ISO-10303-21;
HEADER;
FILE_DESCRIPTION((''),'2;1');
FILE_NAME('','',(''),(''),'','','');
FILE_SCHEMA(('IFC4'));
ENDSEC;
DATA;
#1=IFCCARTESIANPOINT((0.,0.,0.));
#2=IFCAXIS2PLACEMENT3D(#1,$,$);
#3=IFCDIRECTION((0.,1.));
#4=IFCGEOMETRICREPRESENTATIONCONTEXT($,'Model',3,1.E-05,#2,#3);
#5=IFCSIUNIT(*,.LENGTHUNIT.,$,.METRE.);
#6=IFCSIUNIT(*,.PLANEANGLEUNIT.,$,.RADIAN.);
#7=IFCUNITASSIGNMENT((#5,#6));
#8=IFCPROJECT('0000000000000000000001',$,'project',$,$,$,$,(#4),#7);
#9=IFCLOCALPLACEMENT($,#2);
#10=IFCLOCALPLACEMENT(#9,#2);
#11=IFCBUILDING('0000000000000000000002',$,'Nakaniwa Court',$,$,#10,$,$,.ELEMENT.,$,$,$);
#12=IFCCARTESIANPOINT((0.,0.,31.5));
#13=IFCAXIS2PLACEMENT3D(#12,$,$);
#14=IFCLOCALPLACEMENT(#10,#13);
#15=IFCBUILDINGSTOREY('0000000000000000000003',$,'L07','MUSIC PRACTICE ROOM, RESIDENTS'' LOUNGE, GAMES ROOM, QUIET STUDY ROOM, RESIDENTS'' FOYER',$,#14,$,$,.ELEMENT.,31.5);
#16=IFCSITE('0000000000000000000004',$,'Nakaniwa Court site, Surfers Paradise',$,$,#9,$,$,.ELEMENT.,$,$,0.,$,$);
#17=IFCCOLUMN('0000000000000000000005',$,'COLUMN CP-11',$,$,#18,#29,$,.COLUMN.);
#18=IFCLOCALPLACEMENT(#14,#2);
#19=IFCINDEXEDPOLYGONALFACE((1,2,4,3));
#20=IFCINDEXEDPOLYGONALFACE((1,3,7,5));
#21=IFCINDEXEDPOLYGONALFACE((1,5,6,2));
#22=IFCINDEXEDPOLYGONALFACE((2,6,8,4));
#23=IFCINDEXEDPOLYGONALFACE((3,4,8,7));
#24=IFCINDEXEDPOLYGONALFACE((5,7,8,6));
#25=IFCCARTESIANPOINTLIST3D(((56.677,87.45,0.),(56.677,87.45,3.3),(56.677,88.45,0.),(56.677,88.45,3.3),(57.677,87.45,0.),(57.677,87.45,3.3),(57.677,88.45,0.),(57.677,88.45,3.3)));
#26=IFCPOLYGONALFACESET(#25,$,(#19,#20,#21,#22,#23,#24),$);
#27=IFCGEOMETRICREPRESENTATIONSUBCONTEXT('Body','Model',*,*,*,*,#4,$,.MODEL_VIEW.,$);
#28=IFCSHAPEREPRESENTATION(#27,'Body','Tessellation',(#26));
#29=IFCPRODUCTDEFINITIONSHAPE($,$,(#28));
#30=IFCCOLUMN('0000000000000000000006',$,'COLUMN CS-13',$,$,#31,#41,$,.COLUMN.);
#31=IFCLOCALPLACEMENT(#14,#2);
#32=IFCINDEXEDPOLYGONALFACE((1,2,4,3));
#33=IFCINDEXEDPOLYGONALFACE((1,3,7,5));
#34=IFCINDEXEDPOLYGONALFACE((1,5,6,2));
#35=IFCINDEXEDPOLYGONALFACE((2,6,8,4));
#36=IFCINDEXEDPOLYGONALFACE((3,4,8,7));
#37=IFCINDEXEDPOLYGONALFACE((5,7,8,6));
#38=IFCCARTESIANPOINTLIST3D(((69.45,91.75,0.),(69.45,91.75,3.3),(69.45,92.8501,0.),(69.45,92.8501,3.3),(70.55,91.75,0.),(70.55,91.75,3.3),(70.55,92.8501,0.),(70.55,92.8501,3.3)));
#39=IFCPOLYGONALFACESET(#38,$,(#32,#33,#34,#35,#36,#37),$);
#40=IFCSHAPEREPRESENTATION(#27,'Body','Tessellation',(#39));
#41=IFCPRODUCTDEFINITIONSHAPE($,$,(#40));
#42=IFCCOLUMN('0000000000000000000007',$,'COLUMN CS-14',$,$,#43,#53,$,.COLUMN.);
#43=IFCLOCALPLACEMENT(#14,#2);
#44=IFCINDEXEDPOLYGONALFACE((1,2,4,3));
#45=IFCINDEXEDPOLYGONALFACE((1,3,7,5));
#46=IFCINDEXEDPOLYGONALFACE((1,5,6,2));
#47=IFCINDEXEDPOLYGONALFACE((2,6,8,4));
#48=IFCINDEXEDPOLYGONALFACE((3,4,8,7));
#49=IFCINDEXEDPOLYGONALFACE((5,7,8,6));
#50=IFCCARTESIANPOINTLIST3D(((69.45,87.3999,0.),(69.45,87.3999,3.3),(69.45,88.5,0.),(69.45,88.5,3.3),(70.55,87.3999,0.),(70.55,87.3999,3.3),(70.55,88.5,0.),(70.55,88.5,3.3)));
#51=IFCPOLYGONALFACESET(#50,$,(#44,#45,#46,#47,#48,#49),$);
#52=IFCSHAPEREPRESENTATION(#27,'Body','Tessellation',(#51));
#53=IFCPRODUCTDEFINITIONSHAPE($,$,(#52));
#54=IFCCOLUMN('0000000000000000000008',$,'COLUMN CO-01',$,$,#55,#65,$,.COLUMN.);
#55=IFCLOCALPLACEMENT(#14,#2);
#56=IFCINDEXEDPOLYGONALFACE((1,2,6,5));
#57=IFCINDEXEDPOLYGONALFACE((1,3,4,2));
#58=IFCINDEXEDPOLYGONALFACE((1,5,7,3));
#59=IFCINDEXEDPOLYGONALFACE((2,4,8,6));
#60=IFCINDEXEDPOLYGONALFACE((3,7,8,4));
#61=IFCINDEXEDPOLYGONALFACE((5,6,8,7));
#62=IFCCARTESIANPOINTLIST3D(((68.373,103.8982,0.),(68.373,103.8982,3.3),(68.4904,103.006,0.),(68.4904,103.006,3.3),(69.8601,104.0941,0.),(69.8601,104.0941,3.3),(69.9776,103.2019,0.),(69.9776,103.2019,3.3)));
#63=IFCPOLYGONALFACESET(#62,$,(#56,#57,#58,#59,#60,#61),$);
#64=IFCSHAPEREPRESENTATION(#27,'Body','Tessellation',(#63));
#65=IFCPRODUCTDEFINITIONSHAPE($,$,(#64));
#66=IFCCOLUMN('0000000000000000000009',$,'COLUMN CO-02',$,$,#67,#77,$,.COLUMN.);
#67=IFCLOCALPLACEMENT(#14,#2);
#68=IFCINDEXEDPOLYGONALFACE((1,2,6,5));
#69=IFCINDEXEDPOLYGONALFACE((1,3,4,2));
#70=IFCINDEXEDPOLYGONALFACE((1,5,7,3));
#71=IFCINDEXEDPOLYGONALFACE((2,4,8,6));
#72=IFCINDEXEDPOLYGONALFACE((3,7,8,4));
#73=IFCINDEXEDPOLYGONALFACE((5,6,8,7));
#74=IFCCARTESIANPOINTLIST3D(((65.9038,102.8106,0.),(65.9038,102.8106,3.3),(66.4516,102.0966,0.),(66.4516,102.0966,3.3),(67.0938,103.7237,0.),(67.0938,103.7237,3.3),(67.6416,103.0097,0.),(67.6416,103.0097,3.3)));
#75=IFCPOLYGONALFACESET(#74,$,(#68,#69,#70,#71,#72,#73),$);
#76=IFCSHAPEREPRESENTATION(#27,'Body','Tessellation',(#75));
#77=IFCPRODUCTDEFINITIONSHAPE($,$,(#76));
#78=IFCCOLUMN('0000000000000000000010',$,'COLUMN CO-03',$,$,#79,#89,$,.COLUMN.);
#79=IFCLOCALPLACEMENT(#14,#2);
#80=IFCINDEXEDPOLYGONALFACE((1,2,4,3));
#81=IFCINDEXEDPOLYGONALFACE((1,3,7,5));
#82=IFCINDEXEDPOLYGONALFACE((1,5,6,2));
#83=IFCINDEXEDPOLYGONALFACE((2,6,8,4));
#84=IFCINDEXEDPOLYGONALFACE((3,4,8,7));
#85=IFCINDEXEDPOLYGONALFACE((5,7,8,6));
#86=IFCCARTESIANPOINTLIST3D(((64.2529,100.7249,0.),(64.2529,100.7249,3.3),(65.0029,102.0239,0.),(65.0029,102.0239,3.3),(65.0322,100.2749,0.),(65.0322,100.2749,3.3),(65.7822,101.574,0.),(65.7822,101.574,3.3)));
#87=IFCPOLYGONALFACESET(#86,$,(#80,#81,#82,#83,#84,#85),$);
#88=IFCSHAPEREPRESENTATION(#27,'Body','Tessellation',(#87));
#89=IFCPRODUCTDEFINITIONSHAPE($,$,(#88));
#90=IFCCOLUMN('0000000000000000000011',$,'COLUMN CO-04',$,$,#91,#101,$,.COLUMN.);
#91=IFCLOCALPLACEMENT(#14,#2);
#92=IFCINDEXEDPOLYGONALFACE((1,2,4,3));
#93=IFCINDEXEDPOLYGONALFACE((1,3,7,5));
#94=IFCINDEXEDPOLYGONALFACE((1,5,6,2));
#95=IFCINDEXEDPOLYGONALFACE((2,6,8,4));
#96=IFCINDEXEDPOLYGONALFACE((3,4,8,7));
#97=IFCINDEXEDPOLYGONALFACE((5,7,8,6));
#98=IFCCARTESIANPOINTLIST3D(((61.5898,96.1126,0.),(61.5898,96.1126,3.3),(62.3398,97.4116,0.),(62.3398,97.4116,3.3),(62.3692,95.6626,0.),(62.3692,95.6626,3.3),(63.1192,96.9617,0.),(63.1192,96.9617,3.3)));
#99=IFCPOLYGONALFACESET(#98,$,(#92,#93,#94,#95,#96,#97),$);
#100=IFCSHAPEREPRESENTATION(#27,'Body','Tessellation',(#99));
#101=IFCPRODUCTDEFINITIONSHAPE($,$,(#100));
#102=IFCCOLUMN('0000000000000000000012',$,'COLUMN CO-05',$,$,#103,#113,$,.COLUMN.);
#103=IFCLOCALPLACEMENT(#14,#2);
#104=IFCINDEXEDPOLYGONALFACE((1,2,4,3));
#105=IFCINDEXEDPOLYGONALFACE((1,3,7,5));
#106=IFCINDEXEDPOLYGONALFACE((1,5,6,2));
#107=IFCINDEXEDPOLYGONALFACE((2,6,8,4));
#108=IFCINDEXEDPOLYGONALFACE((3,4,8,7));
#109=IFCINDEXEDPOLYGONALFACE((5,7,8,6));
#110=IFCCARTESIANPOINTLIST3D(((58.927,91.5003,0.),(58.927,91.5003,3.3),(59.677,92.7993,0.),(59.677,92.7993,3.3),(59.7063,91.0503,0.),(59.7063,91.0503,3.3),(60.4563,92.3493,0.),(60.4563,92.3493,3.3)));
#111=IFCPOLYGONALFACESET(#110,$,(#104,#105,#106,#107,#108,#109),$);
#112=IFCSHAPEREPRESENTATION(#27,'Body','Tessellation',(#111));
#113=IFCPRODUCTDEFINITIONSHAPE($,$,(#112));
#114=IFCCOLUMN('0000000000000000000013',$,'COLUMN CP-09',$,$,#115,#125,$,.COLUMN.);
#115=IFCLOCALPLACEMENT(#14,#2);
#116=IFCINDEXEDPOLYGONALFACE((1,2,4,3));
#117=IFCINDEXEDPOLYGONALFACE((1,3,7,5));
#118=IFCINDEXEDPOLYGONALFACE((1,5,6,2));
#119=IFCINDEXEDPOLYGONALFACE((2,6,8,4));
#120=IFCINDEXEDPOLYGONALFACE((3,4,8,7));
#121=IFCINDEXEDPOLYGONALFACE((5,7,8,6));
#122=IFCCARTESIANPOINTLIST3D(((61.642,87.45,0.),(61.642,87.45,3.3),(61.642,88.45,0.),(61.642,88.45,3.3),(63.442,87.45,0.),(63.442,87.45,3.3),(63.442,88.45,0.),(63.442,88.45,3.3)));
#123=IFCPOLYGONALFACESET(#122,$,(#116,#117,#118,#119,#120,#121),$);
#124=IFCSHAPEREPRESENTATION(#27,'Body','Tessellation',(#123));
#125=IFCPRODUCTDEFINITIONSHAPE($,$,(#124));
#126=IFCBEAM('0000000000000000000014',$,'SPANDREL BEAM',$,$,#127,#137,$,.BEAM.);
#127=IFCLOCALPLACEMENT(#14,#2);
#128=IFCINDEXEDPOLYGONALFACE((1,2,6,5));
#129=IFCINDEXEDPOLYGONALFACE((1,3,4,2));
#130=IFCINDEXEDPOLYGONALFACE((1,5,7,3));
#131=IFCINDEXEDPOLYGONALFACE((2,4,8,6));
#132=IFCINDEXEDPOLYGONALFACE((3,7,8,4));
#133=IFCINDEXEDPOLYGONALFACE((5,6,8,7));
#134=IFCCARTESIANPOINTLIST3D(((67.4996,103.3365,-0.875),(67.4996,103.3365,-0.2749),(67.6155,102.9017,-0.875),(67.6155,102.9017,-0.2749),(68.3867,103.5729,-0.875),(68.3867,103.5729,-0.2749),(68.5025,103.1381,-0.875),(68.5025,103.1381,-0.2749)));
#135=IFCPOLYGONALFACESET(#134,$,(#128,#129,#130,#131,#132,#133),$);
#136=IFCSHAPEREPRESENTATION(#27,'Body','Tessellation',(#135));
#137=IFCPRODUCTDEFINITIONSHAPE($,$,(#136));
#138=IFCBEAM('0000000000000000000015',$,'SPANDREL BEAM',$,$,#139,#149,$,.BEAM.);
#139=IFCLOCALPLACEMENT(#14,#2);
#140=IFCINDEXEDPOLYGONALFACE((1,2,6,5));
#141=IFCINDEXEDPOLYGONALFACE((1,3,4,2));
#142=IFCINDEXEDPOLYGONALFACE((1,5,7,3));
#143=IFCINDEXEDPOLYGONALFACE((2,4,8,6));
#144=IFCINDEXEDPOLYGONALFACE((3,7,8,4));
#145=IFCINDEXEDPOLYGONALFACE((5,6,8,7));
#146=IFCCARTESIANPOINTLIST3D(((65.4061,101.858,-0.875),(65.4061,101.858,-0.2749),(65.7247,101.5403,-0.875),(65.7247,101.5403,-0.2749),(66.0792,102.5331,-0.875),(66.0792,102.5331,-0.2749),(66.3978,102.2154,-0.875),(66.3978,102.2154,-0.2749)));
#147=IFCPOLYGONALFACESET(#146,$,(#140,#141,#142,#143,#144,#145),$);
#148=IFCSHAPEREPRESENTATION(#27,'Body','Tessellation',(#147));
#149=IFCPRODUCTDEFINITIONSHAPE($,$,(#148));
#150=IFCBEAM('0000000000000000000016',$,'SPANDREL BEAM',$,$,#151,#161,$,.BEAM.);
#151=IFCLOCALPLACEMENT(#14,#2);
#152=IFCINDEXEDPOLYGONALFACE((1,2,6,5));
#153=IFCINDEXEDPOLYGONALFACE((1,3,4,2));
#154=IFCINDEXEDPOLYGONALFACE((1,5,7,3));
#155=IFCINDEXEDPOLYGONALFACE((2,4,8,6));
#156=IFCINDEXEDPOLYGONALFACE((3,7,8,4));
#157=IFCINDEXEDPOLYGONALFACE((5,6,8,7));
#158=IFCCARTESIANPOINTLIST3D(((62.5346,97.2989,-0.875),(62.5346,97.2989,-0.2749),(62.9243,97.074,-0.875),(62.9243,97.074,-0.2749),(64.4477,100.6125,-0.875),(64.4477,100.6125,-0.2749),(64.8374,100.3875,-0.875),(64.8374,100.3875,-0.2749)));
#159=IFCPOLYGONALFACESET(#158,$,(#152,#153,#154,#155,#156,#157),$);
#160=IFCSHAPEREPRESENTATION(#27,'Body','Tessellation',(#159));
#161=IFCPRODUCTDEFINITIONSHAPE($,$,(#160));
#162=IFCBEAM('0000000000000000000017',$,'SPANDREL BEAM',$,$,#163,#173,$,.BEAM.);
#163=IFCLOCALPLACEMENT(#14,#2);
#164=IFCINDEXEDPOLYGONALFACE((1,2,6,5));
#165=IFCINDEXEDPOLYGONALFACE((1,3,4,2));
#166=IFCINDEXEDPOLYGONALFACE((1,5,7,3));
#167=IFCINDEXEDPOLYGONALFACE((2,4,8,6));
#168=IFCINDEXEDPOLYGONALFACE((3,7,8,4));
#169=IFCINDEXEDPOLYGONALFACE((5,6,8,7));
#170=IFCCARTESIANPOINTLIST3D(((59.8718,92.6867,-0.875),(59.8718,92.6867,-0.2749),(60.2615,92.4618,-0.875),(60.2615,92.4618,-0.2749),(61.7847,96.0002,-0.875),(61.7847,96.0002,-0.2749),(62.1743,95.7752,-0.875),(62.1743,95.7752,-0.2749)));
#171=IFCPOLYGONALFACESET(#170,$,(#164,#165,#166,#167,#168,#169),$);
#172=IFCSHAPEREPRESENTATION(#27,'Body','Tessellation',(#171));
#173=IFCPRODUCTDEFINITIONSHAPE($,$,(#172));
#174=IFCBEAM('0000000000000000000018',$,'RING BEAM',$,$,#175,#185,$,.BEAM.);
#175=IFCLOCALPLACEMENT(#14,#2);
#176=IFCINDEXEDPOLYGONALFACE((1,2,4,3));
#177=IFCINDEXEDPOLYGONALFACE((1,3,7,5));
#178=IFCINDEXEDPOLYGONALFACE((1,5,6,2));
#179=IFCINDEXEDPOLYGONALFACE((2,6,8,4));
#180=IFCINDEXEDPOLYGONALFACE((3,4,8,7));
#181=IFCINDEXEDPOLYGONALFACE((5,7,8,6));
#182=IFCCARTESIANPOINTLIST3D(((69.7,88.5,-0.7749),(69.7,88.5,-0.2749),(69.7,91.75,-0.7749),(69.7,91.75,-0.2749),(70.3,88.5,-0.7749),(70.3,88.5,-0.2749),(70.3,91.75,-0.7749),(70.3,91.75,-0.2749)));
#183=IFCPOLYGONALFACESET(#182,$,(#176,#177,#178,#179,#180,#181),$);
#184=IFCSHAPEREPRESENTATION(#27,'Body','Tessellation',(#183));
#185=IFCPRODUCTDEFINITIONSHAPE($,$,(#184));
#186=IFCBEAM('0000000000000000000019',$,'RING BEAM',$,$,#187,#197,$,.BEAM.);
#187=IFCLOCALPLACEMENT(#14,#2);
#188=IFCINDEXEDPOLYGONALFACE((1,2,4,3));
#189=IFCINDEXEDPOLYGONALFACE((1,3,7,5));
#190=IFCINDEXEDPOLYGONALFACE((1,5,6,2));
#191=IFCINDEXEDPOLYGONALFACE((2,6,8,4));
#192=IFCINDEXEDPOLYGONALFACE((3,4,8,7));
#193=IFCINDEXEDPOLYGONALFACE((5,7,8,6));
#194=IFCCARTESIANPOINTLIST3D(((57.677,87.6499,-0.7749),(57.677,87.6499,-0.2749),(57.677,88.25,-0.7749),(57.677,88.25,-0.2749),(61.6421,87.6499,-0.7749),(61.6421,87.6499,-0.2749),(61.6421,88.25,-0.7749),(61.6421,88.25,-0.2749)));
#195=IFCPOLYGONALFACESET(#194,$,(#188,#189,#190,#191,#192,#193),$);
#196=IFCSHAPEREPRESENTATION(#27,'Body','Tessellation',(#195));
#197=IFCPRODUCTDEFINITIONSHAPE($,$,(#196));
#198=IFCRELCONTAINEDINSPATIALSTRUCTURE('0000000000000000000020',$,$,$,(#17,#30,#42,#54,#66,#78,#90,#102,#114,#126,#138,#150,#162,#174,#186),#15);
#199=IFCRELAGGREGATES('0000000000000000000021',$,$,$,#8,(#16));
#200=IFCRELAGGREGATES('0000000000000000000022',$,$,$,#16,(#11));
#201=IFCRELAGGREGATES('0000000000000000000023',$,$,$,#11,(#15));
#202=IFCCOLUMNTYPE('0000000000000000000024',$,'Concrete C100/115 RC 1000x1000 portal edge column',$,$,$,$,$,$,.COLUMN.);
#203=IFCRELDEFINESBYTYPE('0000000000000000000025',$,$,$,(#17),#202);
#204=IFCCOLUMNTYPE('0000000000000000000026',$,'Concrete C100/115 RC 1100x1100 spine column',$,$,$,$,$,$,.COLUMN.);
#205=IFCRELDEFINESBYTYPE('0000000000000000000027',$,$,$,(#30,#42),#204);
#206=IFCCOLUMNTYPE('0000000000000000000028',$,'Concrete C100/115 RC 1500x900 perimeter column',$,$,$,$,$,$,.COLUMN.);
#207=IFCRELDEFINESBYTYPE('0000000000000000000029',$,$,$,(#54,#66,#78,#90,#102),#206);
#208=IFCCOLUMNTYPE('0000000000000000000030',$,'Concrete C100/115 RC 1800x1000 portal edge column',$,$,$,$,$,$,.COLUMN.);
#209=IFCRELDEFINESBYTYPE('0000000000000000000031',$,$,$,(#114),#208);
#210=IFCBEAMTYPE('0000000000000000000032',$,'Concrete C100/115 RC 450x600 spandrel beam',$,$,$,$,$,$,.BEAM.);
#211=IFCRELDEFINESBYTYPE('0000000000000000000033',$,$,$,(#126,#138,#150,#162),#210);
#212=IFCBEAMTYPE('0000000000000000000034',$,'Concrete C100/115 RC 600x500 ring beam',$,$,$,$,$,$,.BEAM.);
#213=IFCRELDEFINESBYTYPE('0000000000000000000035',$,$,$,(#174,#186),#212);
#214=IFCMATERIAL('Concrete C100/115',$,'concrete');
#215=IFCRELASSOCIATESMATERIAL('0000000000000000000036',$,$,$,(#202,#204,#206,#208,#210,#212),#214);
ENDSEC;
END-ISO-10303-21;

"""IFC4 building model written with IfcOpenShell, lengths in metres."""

from ifc_helpers import new_model, si_unit, direction, frame, origin, origin_2d, place, context, subcontext, project, spatial, rectangle, extrude, material, material_profile, profile_set, type_object, element, save


model = new_model("IFC4")

# Units and contexts
model_context = context("Model", 3, precision=1e-05, world=origin(), true_north=direction((0.0, 1.0)))
body_context = subcontext(model_context, "Body", "Model", "MODEL_VIEW")
ifc_project = project(units=[si_unit("LENGTHUNIT", "METRE"), si_unit("PLANEANGLEUNIT", "RADIAN")], contexts=[model_context])

# Site, building, storey
site_placement = place(None, origin())
site = spatial("IfcSite", under=ifc_project, at=site_placement, Name="Nakaniwa Court site, Surfers Paradise", CompositionType="ELEMENT", RefElevation=0.0)
building_placement = place(site_placement, origin())
building = spatial("IfcBuilding", under=site, at=building_placement, Name="Nakaniwa Court", CompositionType="ELEMENT")
storey_placement = place(building_placement, frame((0.0, 0.0, 31.5)))
storey = spatial("IfcBuildingStorey", under=building, at=storey_placement, Name="L07", Description="MUSIC PRACTICE ROOM, RESIDENTS' LOUNGE, GAMES ROOM, QUIET STUDY ROOM, RESIDENTS' FOYER", CompositionType="ELEMENT", Elevation=31.5)

# Columns
ifc_material_1 = material(Name="Concrete C100/115", Category="concrete")
ifc_material_profile_1 = material_profile(ifc_material_1, rectangle(XDim=1.0, YDim=1.0, at=origin_2d()), Name="Concrete C100/115 RC 1000x1000 portal edge column")
ifc_profile_set_1 = profile_set([ifc_material_profile_1], Name="Concrete C100/115")
column_type_1 = type_object("IfcColumnType", Name="Concrete C100/115 RC 1000x1000 portal edge column", PredefinedType="COLUMN", material=ifc_profile_set_1)
column_1_placement = place(storey_placement, frame((57.177, 87.95, 0.0), z_axis=(0.0, 0.0, 1.0), x_axis=(1.0, 0.0, 0.0)))
element("IfcColumn", 1, at=column_1_placement, inside=storey, type_object=column_type_1, Name="COLUMN CP-11", PredefinedType="COLUMN", context=body_context, shape_type="SweptSolid", body=[
    extrude(rectangle(XDim=1.0, YDim=1.0, at=origin_2d()), origin(), (0.0, 0.0, 1.0), 3.3),
])
ifc_material_profile_2 = material_profile(ifc_material_1, rectangle(XDim=1.1001, YDim=1.1001, at=origin_2d()), Name="Concrete C100/115 RC 1100x1100 spine column")
ifc_profile_set_2 = profile_set([ifc_material_profile_2], Name="Concrete C100/115")
column_type_2 = type_object("IfcColumnType", Name="Concrete C100/115 RC 1100x1100 spine column", PredefinedType="COLUMN", material=ifc_profile_set_2)
for number, where, z_axis, x_axis, name in (
    (2, (70.0, 92.3, 0.0), (0.0, 0.0, 1.0), (0.0, -1.0, 0.0), "COLUMN CS-13"),
    (3, (70.0, 87.95, 0.0), (0.0, 0.0, 1.0), (0.0, -1.0, 0.0), "COLUMN CS-14"),
):
    element("IfcColumn", number, at=place(storey_placement, frame(where, z_axis=z_axis, x_axis=x_axis)), inside=storey, type_object=column_type_2, Name=name, PredefinedType="COLUMN", context=body_context, shape_type="SweptSolid", body=[
        extrude(rectangle(XDim=1.1001, YDim=1.1001, at=origin_2d()), origin(), (0.0, 0.0, 1.0), 3.3),
    ])
ifc_material_profile_3 = material_profile(ifc_material_1, rectangle(XDim=1.5, YDim=0.8999, at=origin_2d()), Name="Concrete C100/115 RC 1500x900 perimeter column")
ifc_profile_set_3 = profile_set([ifc_material_profile_3], Name="Concrete C100/115")
column_type_3 = type_object("IfcColumnType", Name="Concrete C100/115 RC 1500x900 perimeter column", PredefinedType="COLUMN", material=ifc_profile_set_3)
for number, where, z_axis, x_axis, name in (
    (4, (69.1753, 103.55, 0.0), (0.0, 0.0, 1.0), (-0.991443, -0.130543, 0.0), "COLUMN CO-01"),
    (5, (66.7727, 102.9102, 0.0), (0.0, 0.0, 1.0), (-0.793364, -0.608748, 0.0), "COLUMN CO-02"),
    (6, (65.0176, 101.1494, 0.0), (0.0, 0.0, 1.0), (-0.5, -0.866025, 0.0), "COLUMN CO-03"),
    (7, (62.3545, 96.5371, 0.0), (0.0, 0.0, 1.0), (-0.5, -0.866025, 0.0), "COLUMN CO-04"),
    (8, (59.6917, 91.9248, 0.0), (0.0, 0.0, 1.0), (-0.5, -0.866025, 0.0), "COLUMN CO-05"),
):
    element("IfcColumn", number, at=place(storey_placement, frame(where, z_axis=z_axis, x_axis=x_axis)), inside=storey, type_object=column_type_3, Name=name, PredefinedType="COLUMN", context=body_context, shape_type="SweptSolid", body=[
        extrude(rectangle(XDim=1.5, YDim=0.8999, at=origin_2d()), origin(), (0.0, 0.0, 1.0), 3.3),
    ])
ifc_material_profile_4 = material_profile(ifc_material_1, rectangle(XDim=1.8, YDim=1.0, at=origin_2d()), Name="Concrete C100/115 RC 1800x1000 portal edge column")
ifc_profile_set_4 = profile_set([ifc_material_profile_4], Name="Concrete C100/115")
column_type_4 = type_object("IfcColumnType", Name="Concrete C100/115 RC 1800x1000 portal edge column", PredefinedType="COLUMN", material=ifc_profile_set_4)
column_2_placement = place(storey_placement, frame((62.542, 87.95, 0.0), z_axis=(0.0, 0.0, 1.0), x_axis=(1.0, 0.0, 0.0)))
element("IfcColumn", 9, at=column_2_placement, inside=storey, type_object=column_type_4, Name="COLUMN CP-09", PredefinedType="COLUMN", context=body_context, shape_type="SweptSolid", body=[
    extrude(rectangle(XDim=1.8, YDim=1.0, at=origin_2d()), origin(), (0.0, 0.0, 1.0), 3.3),
])

# Beams
ifc_material_profile_5 = material_profile(ifc_material_1, rectangle(XDim=0.45, YDim=0.6001, at=origin_2d()), Name="Concrete C100/115 RC 450x600 spandrel beam")
ifc_profile_set_5 = profile_set([ifc_material_profile_5], Name="Concrete C100/115")
beam_type_1 = type_object("IfcBeamType", Name="Concrete C100/115 RC 450x600 spandrel beam", PredefinedType="BEAM", material=ifc_profile_set_5)
beam_1_placement = place(storey_placement, frame((68.4446, 103.3555, -0.575), z_axis=(-0.966288, -0.257464, 0.0), x_axis=(0.257464, -0.966288, 0.0)))
element("IfcBeam", 10, at=beam_1_placement, inside=storey, type_object=beam_type_1, Name="SPANDREL BEAM", PredefinedType="BEAM", context=body_context, shape_type="SweptSolid", body=[
    extrude(rectangle(XDim=0.45, YDim=0.6001, at=origin_2d()), origin(), (0.0, 0.0, 1.0), 0.918),
])
beam_2_placement = place(storey_placement, frame((66.2385, 102.3743, -0.575), z_axis=(-0.706082, -0.70813, 0.0), x_axis=(0.70813, -0.706082, 0.0)))
element("IfcBeam", 11, at=beam_2_placement, inside=storey, type_object=beam_type_1, Name="SPANDREL BEAM", PredefinedType="BEAM", context=body_context, shape_type="SweptSolid", body=[
    extrude(rectangle(XDim=0.45, YDim=0.6001, at=origin_2d()), origin(), (0.0, 0.0, 1.0), 0.9534),
])
beam_3_placement = place(storey_placement, frame((64.6426, 100.5, -0.575), z_axis=(-0.50001, -0.86602, 0.0), x_axis=(0.86602, -0.50001, 0.0)))
element("IfcBeam", 12, at=beam_3_placement, inside=storey, type_object=beam_type_1, Name="SPANDREL BEAM", PredefinedType="BEAM", context=body_context, shape_type="SweptSolid", body=[
    extrude(rectangle(XDim=0.45, YDim=0.6001, at=origin_2d()), origin(), (0.0, 0.0, 1.0), 3.8262),
])
beam_4_placement = place(storey_placement, frame((61.9795, 95.8877, -0.575), z_axis=(-0.499962, -0.866047, 0.0), x_axis=(0.866047, -0.499962, 0.0)))
element("IfcBeam", 13, at=beam_4_placement, inside=storey, type_object=beam_type_1, Name="SPANDREL BEAM", PredefinedType="BEAM", context=body_context, shape_type="SweptSolid", body=[
    extrude(rectangle(XDim=0.45, YDim=0.6001, at=origin_2d()), origin(), (0.0, 0.0, 1.0), 3.8259),
])
ifc_material_profile_6 = material_profile(ifc_material_1, rectangle(XDim=0.6001, YDim=0.5, at=origin_2d()), Name="Concrete C100/115 RC 600x500 ring beam")
ifc_profile_set_6 = profile_set([ifc_material_profile_6], Name="Concrete C100/115")
beam_type_2 = type_object("IfcBeamType", Name="Concrete C100/115 RC 600x500 ring beam", PredefinedType="BEAM", material=ifc_profile_set_6)
beam_5_placement = place(storey_placement, frame((70.0, 91.75, -0.5249), z_axis=(0.0, -1.0, 0.0), x_axis=(1.0, 0.0, 0.0)))
element("IfcBeam", 14, at=beam_5_placement, inside=storey, type_object=beam_type_2, Name="RING BEAM", PredefinedType="BEAM", context=body_context, shape_type="SweptSolid", body=[
    extrude(rectangle(XDim=0.6001, YDim=0.5, at=origin_2d()), origin(), (0.0, 0.0, 1.0), 3.25),
])
beam_6_placement = place(storey_placement, frame((57.677, 87.95, -0.5249), z_axis=(1.0, 0.0, 0.0), x_axis=(0.0, 1.0, 0.0)))
element("IfcBeam", 15, at=beam_6_placement, inside=storey, type_object=beam_type_2, Name="RING BEAM", PredefinedType="BEAM", context=body_context, shape_type="SweptSolid", body=[
    extrude(rectangle(XDim=0.6001, YDim=0.5, at=origin_2d()), origin(), (0.0, 0.0, 1.0), 3.9651),
])

save(model, "model.ifc")
